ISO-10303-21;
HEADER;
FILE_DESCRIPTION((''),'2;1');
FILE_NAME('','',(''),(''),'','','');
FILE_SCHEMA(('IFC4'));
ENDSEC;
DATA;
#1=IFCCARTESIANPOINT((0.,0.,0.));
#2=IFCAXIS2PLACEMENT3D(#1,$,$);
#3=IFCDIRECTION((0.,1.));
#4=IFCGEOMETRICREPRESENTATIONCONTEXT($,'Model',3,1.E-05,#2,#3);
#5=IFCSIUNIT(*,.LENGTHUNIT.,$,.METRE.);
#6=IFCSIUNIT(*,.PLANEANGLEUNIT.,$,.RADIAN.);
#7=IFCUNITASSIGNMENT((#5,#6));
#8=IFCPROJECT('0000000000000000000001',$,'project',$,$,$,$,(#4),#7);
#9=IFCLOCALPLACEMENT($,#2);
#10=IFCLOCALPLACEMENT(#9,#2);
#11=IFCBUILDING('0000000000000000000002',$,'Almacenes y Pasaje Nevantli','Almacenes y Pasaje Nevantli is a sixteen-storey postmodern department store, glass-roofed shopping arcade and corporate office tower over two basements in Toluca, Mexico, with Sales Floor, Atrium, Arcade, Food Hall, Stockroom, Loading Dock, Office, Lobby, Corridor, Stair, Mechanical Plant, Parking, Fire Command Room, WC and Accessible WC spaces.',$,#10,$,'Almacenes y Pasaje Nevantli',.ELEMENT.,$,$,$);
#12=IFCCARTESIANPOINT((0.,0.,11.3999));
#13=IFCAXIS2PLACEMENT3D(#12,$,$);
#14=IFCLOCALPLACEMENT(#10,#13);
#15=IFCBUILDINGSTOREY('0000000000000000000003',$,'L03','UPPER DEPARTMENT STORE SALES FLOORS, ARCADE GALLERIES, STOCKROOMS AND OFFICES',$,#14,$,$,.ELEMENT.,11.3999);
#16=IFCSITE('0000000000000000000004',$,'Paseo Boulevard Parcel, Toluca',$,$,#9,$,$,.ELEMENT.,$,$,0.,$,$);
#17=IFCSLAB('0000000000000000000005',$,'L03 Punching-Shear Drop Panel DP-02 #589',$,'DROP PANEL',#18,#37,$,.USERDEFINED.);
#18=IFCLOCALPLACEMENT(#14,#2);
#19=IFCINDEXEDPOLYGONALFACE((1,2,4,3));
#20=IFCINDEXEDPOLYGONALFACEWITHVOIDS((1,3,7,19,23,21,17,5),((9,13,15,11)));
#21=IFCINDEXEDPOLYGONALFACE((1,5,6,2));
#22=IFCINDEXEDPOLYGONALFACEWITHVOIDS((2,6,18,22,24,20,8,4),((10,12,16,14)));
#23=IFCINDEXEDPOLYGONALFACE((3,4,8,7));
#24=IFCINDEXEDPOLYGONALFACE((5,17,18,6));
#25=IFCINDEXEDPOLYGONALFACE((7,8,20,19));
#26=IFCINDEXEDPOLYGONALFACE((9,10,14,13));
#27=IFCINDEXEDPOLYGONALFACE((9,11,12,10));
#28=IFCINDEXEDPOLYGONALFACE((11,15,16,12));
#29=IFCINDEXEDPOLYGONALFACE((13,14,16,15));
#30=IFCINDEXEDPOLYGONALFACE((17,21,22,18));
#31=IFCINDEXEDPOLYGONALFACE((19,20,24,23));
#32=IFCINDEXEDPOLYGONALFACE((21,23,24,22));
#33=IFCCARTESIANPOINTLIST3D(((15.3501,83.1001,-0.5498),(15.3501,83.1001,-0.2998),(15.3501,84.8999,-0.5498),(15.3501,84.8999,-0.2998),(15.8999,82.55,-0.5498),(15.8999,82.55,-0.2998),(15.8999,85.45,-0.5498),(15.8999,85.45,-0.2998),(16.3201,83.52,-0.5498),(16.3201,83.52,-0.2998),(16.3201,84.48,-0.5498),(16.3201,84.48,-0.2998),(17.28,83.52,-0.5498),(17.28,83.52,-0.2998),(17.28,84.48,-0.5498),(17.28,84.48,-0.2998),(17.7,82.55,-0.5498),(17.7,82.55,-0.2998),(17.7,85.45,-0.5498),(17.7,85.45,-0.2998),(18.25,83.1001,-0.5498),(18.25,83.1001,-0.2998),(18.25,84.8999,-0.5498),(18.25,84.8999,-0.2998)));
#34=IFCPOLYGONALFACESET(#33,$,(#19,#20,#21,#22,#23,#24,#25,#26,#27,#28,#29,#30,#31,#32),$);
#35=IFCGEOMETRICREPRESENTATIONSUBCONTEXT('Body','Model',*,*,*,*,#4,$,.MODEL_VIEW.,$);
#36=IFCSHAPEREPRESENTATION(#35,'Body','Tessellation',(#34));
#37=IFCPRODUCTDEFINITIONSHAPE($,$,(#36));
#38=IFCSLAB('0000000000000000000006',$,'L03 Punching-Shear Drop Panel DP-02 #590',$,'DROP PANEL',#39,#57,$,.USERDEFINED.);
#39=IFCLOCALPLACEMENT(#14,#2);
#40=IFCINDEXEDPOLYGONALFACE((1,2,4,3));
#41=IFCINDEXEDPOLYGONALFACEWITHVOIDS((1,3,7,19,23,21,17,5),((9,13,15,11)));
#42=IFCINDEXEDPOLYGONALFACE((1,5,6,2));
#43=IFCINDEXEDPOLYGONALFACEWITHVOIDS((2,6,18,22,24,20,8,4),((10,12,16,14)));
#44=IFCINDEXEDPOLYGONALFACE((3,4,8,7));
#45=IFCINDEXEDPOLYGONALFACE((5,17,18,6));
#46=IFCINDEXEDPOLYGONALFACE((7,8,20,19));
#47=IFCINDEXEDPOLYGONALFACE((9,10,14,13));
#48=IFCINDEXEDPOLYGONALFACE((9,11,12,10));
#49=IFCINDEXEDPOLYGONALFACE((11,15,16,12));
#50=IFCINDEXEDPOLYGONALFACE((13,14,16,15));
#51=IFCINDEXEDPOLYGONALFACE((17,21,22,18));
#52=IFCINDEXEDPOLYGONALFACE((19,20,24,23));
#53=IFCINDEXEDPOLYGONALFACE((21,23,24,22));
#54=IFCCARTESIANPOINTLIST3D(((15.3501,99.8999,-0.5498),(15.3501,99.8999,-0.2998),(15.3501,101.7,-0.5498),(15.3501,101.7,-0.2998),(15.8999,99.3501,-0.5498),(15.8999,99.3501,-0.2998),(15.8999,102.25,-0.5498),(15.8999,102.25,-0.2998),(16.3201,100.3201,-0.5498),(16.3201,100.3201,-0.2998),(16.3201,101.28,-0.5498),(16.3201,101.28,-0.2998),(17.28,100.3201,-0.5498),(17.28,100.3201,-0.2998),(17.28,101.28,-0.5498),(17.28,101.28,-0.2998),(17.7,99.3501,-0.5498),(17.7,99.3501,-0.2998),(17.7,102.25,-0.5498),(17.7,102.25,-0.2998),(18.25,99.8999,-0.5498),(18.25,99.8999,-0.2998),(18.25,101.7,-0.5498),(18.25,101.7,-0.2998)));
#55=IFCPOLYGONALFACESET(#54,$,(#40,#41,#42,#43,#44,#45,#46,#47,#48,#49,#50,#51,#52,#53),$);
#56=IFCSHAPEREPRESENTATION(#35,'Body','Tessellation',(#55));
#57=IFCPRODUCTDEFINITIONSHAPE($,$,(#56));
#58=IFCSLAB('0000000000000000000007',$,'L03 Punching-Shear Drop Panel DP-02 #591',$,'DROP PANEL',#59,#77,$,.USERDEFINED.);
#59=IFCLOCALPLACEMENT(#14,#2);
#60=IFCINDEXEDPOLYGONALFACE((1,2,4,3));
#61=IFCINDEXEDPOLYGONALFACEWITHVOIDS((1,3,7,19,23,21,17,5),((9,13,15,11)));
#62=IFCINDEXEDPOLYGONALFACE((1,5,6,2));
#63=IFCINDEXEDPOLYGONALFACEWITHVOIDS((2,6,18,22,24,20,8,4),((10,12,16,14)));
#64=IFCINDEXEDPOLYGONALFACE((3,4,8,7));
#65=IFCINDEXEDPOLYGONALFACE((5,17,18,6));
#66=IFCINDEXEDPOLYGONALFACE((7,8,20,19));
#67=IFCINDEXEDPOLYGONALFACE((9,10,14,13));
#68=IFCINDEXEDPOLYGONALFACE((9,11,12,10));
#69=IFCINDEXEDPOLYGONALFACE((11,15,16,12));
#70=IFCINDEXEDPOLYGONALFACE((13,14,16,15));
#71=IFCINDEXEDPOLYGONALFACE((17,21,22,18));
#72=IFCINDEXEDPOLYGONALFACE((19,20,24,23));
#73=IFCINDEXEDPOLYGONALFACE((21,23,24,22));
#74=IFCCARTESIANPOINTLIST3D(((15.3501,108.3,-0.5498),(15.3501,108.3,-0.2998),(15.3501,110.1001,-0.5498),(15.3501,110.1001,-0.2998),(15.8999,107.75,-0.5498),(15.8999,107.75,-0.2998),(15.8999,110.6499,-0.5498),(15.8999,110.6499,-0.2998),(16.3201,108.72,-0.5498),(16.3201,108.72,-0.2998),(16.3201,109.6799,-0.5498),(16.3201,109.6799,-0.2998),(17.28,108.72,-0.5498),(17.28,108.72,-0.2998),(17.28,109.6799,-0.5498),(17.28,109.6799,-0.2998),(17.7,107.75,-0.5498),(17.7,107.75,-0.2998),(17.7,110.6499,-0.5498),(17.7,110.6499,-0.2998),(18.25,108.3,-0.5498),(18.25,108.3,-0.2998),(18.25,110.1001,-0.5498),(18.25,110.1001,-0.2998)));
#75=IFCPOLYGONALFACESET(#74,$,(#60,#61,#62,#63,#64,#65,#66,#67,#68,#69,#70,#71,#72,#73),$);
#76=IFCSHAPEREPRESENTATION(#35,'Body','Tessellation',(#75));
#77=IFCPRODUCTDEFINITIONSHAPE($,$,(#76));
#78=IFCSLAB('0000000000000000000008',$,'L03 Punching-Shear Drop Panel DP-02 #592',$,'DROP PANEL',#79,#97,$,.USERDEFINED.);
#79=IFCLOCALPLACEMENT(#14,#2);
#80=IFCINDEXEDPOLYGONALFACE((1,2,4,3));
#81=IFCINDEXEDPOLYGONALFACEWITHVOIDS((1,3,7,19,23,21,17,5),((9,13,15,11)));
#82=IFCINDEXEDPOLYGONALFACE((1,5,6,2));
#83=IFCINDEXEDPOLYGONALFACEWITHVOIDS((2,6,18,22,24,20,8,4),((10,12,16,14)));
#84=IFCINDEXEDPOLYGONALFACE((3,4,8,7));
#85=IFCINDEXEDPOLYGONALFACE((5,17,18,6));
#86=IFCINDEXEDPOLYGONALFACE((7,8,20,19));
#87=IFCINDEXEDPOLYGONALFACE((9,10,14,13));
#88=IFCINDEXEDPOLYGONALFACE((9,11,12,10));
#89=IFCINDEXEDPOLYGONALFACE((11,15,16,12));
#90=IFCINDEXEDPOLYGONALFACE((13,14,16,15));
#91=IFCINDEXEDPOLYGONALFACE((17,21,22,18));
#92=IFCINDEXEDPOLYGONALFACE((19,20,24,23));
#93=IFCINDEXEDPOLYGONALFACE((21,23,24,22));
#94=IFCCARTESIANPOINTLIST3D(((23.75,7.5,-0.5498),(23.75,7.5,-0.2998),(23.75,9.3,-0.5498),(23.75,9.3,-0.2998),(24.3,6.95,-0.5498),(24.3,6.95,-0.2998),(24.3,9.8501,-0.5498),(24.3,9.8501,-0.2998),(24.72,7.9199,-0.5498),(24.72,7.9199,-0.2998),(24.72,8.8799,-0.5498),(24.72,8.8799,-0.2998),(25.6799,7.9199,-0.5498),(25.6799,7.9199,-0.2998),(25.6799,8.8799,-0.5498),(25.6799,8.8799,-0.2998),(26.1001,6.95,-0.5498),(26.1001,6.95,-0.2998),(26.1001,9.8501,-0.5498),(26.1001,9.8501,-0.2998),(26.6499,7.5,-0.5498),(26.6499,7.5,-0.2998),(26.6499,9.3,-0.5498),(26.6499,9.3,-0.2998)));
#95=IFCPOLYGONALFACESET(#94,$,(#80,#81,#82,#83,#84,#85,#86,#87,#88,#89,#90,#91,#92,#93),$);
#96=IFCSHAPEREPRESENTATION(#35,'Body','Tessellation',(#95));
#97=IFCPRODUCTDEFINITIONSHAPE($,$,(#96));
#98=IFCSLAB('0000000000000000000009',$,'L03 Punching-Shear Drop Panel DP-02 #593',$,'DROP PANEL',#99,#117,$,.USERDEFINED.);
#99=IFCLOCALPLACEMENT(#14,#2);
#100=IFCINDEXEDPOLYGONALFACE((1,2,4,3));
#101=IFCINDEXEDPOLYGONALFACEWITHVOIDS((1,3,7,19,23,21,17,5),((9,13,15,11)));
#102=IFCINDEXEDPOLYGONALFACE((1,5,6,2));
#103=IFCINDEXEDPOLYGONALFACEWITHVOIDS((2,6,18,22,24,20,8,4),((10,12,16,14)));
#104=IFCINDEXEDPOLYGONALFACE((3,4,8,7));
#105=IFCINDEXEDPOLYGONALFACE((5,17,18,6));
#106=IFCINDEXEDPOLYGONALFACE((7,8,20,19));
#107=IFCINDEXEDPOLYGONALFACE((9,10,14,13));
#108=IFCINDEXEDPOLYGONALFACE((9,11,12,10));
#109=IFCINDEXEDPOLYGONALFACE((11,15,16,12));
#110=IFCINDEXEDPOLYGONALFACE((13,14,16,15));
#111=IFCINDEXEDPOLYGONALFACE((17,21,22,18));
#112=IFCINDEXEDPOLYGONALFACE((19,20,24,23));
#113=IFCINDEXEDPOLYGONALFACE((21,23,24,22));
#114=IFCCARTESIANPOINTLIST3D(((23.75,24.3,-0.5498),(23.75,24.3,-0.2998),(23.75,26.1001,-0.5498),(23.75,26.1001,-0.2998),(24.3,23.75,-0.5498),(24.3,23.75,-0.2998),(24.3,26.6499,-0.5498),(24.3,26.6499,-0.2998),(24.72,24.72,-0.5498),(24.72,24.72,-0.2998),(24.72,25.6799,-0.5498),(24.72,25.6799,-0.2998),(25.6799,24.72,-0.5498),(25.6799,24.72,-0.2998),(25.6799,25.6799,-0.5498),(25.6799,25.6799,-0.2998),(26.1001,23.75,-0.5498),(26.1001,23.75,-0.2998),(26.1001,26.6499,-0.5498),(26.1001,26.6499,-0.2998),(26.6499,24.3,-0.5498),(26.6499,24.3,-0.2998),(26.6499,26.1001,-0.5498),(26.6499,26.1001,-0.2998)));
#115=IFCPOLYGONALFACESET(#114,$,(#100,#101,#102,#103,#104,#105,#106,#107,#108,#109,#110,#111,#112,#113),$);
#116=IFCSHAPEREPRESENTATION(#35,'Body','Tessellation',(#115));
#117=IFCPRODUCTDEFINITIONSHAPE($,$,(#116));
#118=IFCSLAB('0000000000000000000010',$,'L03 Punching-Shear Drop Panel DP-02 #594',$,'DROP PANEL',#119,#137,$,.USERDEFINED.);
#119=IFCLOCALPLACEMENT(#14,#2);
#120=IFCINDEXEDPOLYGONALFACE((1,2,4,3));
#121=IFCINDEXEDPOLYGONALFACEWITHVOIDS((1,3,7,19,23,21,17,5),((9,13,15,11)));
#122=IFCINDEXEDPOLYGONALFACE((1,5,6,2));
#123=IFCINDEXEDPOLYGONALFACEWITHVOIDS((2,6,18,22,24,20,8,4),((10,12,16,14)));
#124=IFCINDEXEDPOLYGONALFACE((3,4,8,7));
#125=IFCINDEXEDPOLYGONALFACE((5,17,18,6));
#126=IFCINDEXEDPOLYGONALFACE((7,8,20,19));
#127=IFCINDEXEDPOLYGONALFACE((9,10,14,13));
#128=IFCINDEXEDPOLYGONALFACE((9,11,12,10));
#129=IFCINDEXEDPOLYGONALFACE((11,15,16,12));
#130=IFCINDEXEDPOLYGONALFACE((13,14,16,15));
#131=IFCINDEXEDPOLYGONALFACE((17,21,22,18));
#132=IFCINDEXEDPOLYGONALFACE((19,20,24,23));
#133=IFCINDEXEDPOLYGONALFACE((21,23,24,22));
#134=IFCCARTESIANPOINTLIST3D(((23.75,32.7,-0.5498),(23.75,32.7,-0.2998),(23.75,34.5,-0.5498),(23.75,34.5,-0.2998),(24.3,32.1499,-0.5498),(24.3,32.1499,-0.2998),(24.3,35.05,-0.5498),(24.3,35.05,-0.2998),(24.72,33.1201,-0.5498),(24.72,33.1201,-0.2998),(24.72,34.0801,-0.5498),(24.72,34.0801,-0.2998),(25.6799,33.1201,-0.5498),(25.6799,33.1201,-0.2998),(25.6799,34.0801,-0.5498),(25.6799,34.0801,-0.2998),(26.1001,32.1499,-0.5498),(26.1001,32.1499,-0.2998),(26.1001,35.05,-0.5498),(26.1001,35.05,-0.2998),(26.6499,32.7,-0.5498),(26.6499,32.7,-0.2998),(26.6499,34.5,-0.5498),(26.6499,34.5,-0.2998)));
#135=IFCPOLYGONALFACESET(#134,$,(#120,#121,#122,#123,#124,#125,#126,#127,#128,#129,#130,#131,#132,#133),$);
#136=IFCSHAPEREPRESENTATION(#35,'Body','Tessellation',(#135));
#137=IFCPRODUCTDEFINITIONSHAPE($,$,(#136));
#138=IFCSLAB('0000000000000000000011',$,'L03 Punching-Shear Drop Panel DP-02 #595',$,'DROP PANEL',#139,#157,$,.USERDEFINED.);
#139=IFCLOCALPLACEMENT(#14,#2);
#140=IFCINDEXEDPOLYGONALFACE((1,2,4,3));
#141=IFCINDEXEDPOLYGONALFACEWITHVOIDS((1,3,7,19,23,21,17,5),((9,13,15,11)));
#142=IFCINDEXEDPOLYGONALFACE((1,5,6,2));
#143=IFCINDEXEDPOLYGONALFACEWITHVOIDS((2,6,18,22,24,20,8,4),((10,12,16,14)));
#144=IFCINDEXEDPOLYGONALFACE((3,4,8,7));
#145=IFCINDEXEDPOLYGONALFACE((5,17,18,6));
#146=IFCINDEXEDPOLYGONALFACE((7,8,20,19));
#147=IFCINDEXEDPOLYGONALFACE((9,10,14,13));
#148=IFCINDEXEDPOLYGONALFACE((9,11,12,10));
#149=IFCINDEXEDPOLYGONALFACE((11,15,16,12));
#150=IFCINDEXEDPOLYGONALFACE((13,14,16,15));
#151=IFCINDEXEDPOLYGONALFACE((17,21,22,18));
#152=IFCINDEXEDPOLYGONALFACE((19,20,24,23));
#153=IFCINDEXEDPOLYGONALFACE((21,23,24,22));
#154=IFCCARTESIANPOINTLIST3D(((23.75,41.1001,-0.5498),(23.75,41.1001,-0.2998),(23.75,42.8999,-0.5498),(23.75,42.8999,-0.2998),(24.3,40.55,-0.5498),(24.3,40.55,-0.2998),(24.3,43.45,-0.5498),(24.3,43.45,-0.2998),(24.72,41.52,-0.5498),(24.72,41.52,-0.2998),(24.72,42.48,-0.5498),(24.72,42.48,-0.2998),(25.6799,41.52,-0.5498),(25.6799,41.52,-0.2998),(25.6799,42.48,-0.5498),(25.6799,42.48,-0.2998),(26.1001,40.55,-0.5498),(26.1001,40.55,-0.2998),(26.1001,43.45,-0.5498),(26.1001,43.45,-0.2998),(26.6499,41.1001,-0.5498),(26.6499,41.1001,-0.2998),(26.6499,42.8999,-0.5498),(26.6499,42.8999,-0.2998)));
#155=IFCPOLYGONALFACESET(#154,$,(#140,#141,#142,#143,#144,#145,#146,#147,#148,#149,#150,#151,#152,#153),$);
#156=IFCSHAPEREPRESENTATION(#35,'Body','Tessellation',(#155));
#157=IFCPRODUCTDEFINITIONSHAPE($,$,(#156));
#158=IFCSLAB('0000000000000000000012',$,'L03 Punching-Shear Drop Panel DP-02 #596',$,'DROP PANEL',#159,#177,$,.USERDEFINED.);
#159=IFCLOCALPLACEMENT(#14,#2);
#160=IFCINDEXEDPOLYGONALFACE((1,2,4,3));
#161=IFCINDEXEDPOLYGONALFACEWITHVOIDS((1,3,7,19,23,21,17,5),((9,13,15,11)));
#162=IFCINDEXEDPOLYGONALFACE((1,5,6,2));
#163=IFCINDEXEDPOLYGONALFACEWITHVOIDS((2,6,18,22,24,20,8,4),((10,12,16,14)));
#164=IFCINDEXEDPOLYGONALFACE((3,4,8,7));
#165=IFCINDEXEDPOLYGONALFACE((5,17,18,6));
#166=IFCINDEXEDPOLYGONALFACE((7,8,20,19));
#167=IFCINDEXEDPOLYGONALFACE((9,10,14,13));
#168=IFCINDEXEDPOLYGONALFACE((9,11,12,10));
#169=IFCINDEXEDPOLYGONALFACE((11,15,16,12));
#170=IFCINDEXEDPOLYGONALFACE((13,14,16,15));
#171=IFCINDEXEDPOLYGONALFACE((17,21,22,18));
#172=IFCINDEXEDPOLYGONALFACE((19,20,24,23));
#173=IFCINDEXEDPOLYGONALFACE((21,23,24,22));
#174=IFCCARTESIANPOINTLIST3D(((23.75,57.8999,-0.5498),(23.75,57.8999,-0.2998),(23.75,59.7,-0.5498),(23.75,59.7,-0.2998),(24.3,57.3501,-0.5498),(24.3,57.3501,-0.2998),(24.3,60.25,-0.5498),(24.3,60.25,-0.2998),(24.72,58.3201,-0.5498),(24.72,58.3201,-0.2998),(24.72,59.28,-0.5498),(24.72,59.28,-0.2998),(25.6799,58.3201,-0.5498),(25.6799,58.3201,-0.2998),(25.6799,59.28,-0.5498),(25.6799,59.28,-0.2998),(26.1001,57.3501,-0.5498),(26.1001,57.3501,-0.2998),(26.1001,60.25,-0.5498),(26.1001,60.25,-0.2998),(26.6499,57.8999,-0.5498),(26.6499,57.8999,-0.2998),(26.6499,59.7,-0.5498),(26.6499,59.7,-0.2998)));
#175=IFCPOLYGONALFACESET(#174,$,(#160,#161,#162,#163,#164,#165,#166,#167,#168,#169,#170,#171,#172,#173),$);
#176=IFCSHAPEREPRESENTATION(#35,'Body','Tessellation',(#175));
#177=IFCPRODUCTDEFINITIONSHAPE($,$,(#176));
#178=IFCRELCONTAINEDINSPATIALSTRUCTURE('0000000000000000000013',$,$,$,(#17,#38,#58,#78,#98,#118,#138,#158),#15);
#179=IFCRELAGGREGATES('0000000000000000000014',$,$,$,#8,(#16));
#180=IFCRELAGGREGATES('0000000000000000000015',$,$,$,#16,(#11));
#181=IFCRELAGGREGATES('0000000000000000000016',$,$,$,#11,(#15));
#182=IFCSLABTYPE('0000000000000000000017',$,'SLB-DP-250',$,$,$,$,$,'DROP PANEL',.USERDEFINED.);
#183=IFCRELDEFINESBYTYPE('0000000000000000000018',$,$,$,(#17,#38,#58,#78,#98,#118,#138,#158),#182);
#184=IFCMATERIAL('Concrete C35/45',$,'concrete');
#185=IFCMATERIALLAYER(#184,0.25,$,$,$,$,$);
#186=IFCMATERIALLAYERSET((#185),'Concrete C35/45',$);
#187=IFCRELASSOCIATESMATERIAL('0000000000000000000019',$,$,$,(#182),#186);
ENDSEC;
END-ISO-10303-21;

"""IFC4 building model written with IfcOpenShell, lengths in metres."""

from ifc_helpers import new_model, si_unit, direction, frame, origin, place, context, subcontext, project, spatial, polyline, outline, extrude, material, layer, layer_set, type_object, element, save


model = new_model("IFC4")

# Units and contexts
model_context = context("Model", 3, precision=1e-05, world=origin(), true_north=direction((0.0, 1.0)))
body_context = subcontext(model_context, "Body", "Model", "MODEL_VIEW")
ifc_project = project(units=[si_unit("LENGTHUNIT", "METRE"), si_unit("PLANEANGLEUNIT", "RADIAN")], contexts=[model_context])

# Site, building, storey
site_placement = place(None, origin())
site = spatial("IfcSite", under=ifc_project, at=site_placement, Name="Paseo Boulevard Parcel, Toluca", CompositionType="ELEMENT", RefElevation=0.0)
building_placement = place(site_placement, origin())
building = spatial("IfcBuilding", under=site, at=building_placement, Name="Almacenes y Pasaje Nevantli", Description="Almacenes y Pasaje Nevantli is a sixteen-storey postmodern department store, glass-roofed shopping arcade and corporate office tower over two basements in Toluca, Mexico, with Sales Floor, Atrium, Arcade, Food Hall, Stockroom, Loading Dock, Office, Lobby, Corridor, Stair, Mechanical Plant, Parking, Fire Command Room, WC and Accessible WC spaces.", LongName="Almacenes y Pasaje Nevantli", CompositionType="ELEMENT")
storey_placement = place(building_placement, frame((0.0, 0.0, 11.3999)))
storey = spatial("IfcBuildingStorey", under=building, at=storey_placement, Name="L03", Description="UPPER DEPARTMENT STORE SALES FLOORS, ARCADE GALLERIES, STOCKROOMS AND OFFICES", CompositionType="ELEMENT", Elevation=11.3999)

# Slabs
ifc_material = material(Name="Concrete C35/45", Category="concrete")
ifc_layer = layer(ifc_material, 0.25)
ifc_layer_set = layer_set([ifc_layer], Name="Concrete C35/45")
slab_type = type_object("IfcSlabType", Name="SLB-DP-250", ElementType="DROP PANEL", PredefinedType="USERDEFINED", material=ifc_layer_set)
slab_1_placement = place(storey_placement, frame((0.0, 0.0, -0.5498)))
element("IfcSlab", 1, at=slab_1_placement, inside=storey, type_object=slab_type, Name="L03 Punching-Shear Drop Panel DP-02 #589", ObjectType="DROP PANEL", PredefinedType="USERDEFINED", context=body_context, shape_type="SweptSolid", body=[
    extrude(outline(polyline([(15.8999, 82.55), (17.7, 82.55), (18.25, 83.1001), (18.25, 84.8999), (17.7, 85.45), (15.8999, 85.45), (15.3501, 84.8999), (15.3501, 83.1001), (15.8999, 82.55)]), holes=[polyline([(16.3201, 83.52), (17.28, 83.52), (17.28, 84.48), (16.3201, 84.48), (16.3201, 83.52)])]), origin(), (0.0, 0.0, 1.0), 0.25),
])
slab_2_placement = place(storey_placement, frame((0.0, 0.0, -0.5498)))
element("IfcSlab", 2, at=slab_2_placement, inside=storey, type_object=slab_type, Name="L03 Punching-Shear Drop Panel DP-02 #590", ObjectType="DROP PANEL", PredefinedType="USERDEFINED", context=body_context, shape_type="SweptSolid", body=[
    extrude(outline(polyline([(15.8999, 99.3501), (17.7, 99.3501), (18.25, 99.8999), (18.25, 101.7), (17.7, 102.25), (15.8999, 102.25), (15.3501, 101.7), (15.3501, 99.8999), (15.8999, 99.3501)]), holes=[polyline([(16.3201, 100.3201), (17.28, 100.3201), (17.28, 101.28), (16.3201, 101.28), (16.3201, 100.3201)])]), origin(), (0.0, 0.0, 1.0), 0.25),
])
slab_3_placement = place(storey_placement, frame((0.0, 0.0, -0.5498)))
element("IfcSlab", 3, at=slab_3_placement, inside=storey, type_object=slab_type, Name="L03 Punching-Shear Drop Panel DP-02 #591", ObjectType="DROP PANEL", PredefinedType="USERDEFINED", context=body_context, shape_type="SweptSolid", body=[
    extrude(outline(polyline([(15.8999, 107.75), (17.7, 107.75), (18.25, 108.3), (18.25, 110.1001), (17.7, 110.6499), (15.8999, 110.6499), (15.3501, 110.1001), (15.3501, 108.3), (15.8999, 107.75)]), holes=[polyline([(16.3201, 108.72), (17.28, 108.72), (17.28, 109.6799), (16.3201, 109.6799), (16.3201, 108.72)])]), origin(), (0.0, 0.0, 1.0), 0.25),
])
slab_4_placement = place(storey_placement, frame((0.0, 0.0, -0.5498)))
element("IfcSlab", 4, at=slab_4_placement, inside=storey, type_object=slab_type, Name="L03 Punching-Shear Drop Panel DP-02 #592", ObjectType="DROP PANEL", PredefinedType="USERDEFINED", context=body_context, shape_type="SweptSolid", body=[
    extrude(outline(polyline([(24.3, 6.95), (26.1001, 6.95), (26.6499, 7.5), (26.6499, 9.3), (26.1001, 9.8501), (24.3, 9.8501), (23.75, 9.3), (23.75, 7.5), (24.3, 6.95)]), holes=[polyline([(24.72, 7.9199), (25.6799, 7.9199), (25.6799, 8.8799), (24.72, 8.8799), (24.72, 7.9199)])]), origin(), (0.0, 0.0, 1.0), 0.25),
])
slab_5_placement = place(storey_placement, frame((0.0, 0.0, -0.5498)))
element("IfcSlab", 5, at=slab_5_placement, inside=storey, type_object=slab_type, Name="L03 Punching-Shear Drop Panel DP-02 #593", ObjectType="DROP PANEL", PredefinedType="USERDEFINED", context=body_context, shape_type="SweptSolid", body=[
    extrude(outline(polyline([(24.3, 23.75), (26.1001, 23.75), (26.6499, 24.3), (26.6499, 26.1001), (26.1001, 26.6499), (24.3, 26.6499), (23.75, 26.1001), (23.75, 24.3), (24.3, 23.75)]), holes=[polyline([(24.72, 24.72), (25.6799, 24.72), (25.6799, 25.6799), (24.72, 25.6799), (24.72, 24.72)])]), origin(), (0.0, 0.0, 1.0), 0.25),
])
slab_6_placement = place(storey_placement, frame((0.0, 0.0, -0.5498)))
element("IfcSlab", 6, at=slab_6_placement, inside=storey, type_object=slab_type, Name="L03 Punching-Shear Drop Panel DP-02 #594", ObjectType="DROP PANEL", PredefinedType="USERDEFINED", context=body_context, shape_type="SweptSolid", body=[
    extrude(outline(polyline([(24.3, 32.1499), (26.1001, 32.1499), (26.6499, 32.7), (26.6499, 34.5), (26.1001, 35.05), (24.3, 35.05), (23.75, 34.5), (23.75, 32.7), (24.3, 32.1499)]), holes=[polyline([(24.72, 33.1201), (25.6799, 33.1201), (25.6799, 34.0801), (24.72, 34.0801), (24.72, 33.1201)])]), origin(), (0.0, 0.0, 1.0), 0.25),
])
slab_7_placement = place(storey_placement, frame((0.0, 0.0, -0.5498)))
element("IfcSlab", 7, at=slab_7_placement, inside=storey, type_object=slab_type, Name="L03 Punching-Shear Drop Panel DP-02 #595", ObjectType="DROP PANEL", PredefinedType="USERDEFINED", context=body_context, shape_type="SweptSolid", body=[
    extrude(outline(polyline([(24.3, 40.55), (26.1001, 40.55), (26.6499, 41.1001), (26.6499, 42.8999), (26.1001, 43.45), (24.3, 43.45), (23.75, 42.8999), (23.75, 41.1001), (24.3, 40.55)]), holes=[polyline([(24.72, 41.52), (25.6799, 41.52), (25.6799, 42.48), (24.72, 42.48), (24.72, 41.52)])]), origin(), (0.0, 0.0, 1.0), 0.25),
])
slab_8_placement = place(storey_placement, frame((0.0, 0.0, -0.5498)))
element("IfcSlab", 8, at=slab_8_placement, inside=storey, type_object=slab_type, Name="L03 Punching-Shear Drop Panel DP-02 #596", ObjectType="DROP PANEL", PredefinedType="USERDEFINED", context=body_context, shape_type="SweptSolid", body=[
    extrude(outline(polyline([(24.3, 57.3501), (26.1001, 57.3501), (26.6499, 57.8999), (26.6499, 59.7), (26.1001, 60.25), (24.3, 60.25), (23.75, 59.7), (23.75, 57.8999), (24.3, 57.3501)]), holes=[polyline([(24.72, 58.3201), (25.6799, 58.3201), (25.6799, 59.28), (24.72, 59.28), (24.72, 58.3201)])]), origin(), (0.0, 0.0, 1.0), 0.25),
])

save(model, "model.ifc")
